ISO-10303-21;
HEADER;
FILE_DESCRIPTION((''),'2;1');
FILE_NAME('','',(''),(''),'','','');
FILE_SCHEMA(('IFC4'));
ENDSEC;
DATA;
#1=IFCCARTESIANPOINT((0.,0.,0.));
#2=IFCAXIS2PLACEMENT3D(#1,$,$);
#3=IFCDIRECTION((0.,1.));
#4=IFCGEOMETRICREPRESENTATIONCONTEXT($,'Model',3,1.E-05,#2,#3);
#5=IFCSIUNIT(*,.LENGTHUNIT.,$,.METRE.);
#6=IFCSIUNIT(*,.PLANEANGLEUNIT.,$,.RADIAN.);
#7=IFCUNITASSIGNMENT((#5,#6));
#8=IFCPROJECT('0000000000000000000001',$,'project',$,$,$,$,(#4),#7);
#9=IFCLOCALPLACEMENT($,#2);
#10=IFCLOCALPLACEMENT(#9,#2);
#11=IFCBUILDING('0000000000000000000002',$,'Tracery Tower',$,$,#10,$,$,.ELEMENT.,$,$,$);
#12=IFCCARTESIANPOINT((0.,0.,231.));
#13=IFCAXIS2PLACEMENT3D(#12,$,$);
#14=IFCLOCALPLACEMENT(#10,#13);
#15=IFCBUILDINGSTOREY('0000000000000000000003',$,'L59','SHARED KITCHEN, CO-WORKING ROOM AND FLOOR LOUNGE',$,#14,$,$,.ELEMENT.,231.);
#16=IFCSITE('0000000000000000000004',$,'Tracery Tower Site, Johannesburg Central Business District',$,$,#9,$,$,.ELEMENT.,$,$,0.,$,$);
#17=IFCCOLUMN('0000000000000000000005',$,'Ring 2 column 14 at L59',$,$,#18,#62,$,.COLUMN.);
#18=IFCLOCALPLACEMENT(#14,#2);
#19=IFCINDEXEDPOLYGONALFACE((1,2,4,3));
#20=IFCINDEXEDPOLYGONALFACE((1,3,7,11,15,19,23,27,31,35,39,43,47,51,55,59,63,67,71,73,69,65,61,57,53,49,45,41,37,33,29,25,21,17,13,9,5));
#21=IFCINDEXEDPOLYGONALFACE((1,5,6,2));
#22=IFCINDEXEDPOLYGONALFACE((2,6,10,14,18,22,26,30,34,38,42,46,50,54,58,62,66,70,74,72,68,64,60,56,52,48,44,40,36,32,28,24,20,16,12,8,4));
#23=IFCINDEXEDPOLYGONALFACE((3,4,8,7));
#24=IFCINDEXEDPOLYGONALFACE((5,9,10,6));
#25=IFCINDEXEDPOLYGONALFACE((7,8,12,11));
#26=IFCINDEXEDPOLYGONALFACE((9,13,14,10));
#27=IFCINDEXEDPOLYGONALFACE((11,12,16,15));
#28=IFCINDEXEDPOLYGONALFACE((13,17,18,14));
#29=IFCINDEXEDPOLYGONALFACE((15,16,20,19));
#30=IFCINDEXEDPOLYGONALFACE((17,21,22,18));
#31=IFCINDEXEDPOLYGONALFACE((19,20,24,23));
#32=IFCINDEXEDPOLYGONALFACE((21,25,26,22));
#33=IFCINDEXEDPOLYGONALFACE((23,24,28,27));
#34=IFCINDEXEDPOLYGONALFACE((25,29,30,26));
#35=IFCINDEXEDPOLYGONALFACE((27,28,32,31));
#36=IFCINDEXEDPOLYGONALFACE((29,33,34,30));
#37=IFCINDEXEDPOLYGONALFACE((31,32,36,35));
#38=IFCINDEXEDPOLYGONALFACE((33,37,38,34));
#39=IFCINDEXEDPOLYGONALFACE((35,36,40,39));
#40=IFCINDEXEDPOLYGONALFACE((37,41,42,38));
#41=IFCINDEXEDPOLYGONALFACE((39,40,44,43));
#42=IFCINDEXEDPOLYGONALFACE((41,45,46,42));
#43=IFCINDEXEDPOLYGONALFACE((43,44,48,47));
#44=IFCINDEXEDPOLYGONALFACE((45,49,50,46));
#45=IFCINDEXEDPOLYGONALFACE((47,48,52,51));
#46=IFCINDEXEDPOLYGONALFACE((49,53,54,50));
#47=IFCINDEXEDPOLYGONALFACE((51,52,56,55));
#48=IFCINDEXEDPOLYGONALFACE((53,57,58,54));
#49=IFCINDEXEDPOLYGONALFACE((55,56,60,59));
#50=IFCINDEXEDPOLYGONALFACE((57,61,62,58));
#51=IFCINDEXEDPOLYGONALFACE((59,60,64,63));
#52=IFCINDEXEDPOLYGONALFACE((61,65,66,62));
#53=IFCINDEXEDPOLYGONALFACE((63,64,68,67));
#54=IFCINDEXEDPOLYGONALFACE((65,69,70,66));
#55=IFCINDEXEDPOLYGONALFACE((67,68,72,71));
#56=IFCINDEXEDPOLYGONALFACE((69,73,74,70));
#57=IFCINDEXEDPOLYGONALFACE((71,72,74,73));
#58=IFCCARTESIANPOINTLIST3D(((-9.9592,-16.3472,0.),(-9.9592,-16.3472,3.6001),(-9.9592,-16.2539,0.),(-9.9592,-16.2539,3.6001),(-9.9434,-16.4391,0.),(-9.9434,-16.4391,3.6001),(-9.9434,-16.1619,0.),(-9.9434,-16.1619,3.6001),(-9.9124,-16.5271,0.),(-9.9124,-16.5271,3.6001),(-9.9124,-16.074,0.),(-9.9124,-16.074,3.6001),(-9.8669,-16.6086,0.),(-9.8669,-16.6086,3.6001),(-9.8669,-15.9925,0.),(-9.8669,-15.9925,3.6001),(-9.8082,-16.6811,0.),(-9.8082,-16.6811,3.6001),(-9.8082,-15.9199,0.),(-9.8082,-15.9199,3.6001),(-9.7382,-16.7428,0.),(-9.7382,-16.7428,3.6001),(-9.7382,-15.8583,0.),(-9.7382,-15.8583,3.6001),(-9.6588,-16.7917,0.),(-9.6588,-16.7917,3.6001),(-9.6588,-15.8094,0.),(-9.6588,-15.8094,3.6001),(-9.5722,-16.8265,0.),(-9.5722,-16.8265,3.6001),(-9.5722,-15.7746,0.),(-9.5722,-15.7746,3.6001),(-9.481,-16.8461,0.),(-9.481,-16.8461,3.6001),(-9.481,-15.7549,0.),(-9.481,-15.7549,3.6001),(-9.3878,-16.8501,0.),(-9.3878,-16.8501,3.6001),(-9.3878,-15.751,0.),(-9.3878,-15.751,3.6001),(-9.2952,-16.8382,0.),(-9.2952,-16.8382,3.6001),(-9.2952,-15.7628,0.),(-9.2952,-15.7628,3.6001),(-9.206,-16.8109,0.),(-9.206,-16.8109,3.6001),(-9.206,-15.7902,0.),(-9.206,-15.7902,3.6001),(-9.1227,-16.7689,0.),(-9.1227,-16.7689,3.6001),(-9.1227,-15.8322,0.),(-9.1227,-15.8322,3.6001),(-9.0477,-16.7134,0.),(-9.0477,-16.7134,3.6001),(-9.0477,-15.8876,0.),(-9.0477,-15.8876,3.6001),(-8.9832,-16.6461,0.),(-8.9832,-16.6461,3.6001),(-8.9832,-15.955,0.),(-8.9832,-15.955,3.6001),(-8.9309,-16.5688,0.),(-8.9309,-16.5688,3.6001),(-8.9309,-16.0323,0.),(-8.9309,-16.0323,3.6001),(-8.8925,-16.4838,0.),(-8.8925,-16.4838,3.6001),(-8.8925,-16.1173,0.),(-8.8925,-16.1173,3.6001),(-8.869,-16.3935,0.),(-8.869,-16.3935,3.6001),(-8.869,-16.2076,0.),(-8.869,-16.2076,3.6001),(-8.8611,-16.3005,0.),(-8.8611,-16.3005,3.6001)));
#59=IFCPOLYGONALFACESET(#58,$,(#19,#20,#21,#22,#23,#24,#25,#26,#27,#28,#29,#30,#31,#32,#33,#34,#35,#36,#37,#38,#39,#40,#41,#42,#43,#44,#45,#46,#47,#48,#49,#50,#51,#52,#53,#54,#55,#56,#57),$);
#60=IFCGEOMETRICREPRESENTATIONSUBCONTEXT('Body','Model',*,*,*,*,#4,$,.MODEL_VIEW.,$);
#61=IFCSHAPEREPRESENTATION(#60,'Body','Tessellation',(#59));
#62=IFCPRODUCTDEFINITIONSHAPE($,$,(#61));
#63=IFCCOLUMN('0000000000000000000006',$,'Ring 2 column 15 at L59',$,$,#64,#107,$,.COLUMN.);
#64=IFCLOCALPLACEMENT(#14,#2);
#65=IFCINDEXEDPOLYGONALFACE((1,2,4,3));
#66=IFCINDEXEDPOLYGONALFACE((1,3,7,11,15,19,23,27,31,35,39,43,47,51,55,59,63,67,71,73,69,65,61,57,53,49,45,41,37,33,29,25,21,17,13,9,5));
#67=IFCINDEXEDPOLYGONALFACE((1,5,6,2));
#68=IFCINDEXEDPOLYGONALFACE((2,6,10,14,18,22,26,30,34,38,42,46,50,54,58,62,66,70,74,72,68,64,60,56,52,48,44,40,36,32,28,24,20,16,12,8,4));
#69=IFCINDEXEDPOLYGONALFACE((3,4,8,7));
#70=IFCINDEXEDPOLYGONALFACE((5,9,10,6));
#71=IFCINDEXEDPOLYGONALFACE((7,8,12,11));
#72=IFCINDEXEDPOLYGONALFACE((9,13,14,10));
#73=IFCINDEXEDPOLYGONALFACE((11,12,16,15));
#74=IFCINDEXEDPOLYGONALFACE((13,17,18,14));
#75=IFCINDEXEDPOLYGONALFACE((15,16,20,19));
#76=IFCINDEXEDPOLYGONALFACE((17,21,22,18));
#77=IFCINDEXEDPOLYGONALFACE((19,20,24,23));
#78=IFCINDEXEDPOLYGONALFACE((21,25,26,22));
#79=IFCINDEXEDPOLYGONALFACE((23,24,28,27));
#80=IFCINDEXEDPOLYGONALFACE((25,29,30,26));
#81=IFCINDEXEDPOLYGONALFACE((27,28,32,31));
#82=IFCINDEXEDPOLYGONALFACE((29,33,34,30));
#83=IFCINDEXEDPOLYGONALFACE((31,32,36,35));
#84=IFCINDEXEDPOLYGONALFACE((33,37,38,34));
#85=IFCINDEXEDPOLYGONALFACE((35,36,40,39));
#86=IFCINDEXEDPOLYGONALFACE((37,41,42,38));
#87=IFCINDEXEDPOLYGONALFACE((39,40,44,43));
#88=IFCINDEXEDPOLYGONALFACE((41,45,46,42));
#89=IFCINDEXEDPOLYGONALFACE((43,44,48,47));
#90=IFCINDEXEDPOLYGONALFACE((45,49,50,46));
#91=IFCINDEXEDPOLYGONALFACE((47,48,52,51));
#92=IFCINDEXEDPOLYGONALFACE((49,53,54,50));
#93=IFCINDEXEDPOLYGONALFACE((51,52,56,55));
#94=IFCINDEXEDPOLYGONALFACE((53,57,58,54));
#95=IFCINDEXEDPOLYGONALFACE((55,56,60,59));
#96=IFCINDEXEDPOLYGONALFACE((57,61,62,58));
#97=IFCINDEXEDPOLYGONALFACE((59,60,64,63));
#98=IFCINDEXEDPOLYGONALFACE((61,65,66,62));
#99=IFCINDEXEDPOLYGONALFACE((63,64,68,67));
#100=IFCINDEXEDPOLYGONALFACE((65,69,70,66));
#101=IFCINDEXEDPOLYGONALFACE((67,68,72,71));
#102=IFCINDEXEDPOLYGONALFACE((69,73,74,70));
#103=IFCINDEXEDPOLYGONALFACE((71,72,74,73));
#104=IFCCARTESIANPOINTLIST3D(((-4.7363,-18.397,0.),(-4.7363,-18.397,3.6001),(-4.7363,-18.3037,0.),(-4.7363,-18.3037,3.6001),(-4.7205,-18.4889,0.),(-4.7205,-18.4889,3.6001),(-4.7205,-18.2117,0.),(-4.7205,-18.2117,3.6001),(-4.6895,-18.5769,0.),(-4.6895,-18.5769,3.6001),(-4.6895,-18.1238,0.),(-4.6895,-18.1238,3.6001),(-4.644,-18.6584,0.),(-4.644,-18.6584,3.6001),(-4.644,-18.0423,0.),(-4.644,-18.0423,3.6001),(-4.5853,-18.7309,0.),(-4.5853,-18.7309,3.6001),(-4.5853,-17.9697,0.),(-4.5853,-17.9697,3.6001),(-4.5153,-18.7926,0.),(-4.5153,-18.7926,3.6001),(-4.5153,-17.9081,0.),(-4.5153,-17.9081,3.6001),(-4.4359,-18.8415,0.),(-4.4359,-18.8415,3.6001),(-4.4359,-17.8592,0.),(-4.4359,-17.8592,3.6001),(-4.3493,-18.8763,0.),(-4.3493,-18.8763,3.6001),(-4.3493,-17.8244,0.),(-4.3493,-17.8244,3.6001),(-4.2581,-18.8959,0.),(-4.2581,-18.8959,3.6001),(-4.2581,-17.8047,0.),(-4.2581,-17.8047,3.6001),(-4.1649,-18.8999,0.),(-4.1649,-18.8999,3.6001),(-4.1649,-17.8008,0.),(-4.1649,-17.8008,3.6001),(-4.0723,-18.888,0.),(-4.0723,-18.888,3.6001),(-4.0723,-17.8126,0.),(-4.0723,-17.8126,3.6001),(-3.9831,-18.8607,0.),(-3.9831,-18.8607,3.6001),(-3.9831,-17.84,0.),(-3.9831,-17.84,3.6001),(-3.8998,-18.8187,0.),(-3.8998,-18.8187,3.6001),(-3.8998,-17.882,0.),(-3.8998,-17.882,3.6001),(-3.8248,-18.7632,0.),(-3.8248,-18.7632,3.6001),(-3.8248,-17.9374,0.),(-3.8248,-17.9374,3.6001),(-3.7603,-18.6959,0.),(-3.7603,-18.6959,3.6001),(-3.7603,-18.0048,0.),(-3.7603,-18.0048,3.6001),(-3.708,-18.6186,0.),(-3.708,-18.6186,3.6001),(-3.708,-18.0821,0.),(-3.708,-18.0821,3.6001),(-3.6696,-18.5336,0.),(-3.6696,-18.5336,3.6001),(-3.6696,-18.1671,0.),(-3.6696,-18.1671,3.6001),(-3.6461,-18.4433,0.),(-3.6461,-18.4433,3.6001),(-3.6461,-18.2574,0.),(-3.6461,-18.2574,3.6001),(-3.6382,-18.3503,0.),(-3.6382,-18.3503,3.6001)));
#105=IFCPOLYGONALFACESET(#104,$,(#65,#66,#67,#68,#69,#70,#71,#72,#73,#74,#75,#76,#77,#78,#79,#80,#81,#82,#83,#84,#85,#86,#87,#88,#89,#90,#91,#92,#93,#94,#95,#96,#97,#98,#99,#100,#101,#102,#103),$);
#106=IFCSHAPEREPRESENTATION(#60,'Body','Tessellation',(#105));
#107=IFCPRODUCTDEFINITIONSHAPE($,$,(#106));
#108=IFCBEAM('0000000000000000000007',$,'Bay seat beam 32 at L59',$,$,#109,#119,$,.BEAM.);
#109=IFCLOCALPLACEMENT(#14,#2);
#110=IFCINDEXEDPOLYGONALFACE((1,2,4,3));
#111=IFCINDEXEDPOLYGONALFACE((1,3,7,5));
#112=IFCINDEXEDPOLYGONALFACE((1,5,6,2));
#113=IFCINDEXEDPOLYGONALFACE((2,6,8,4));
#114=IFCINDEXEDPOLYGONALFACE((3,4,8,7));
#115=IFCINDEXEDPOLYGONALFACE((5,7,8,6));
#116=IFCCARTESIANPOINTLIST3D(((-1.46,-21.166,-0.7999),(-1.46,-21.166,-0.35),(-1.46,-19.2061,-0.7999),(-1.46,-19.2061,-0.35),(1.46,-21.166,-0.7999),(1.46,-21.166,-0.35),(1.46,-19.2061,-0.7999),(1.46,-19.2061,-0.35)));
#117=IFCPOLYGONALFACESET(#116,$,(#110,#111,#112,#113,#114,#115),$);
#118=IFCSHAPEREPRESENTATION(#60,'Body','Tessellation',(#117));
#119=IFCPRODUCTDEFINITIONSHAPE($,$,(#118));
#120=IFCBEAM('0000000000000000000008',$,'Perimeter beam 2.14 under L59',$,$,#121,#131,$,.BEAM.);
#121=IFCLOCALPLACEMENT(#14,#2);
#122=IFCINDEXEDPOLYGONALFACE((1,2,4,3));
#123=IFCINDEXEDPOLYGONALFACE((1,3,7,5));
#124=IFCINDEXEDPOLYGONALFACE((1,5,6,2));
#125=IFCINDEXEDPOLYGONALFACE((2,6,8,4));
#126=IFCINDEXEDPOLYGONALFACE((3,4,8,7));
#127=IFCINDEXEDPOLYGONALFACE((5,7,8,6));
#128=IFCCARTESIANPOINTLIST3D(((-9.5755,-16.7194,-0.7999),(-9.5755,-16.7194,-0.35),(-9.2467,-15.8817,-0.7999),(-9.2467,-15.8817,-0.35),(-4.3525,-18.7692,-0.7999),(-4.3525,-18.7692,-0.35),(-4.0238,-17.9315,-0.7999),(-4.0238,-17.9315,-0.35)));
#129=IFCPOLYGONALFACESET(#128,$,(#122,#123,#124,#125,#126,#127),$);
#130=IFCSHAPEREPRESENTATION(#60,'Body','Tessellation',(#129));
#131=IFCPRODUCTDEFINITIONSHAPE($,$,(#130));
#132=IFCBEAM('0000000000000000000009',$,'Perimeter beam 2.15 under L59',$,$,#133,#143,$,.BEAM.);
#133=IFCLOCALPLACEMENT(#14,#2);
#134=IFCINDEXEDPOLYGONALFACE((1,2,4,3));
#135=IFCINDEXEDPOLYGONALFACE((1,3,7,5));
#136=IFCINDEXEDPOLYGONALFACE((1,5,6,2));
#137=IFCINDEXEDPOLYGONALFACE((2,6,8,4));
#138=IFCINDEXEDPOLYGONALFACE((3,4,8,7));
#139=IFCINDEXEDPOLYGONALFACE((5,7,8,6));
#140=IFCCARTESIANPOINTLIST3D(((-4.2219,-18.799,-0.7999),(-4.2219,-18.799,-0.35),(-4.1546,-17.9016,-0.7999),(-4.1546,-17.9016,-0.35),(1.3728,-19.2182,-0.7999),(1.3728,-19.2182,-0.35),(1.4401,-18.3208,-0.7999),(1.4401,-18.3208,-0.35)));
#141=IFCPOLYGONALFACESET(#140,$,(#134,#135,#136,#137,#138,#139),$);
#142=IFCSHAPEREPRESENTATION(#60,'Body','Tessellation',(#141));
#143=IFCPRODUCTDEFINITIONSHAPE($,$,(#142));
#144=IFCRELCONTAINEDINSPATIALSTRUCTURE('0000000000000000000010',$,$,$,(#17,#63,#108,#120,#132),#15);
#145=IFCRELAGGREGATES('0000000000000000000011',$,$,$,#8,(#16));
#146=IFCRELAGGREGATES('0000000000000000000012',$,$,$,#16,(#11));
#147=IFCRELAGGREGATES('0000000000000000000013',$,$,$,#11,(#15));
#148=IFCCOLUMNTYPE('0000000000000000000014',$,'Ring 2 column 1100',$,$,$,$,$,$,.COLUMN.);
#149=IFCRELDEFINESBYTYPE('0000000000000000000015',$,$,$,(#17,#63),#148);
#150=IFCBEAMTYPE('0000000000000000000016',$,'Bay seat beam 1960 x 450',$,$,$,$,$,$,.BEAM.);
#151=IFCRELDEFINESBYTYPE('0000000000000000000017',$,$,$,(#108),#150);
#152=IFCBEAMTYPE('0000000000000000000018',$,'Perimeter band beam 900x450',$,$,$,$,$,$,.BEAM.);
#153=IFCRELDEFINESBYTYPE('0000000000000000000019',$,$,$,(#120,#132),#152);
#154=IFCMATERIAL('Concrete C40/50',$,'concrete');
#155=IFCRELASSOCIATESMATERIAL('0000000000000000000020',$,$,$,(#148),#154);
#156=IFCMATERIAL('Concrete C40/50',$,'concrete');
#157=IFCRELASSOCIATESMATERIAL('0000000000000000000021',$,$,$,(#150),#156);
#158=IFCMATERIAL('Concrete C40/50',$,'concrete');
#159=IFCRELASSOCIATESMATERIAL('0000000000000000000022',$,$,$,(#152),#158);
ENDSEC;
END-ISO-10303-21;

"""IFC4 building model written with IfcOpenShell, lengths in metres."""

from ifc_helpers import new_model, si_unit, direction, frame, origin, origin_2d, place, context, subcontext, project, spatial, rectangle, circle, extrude, material, material_profile, profile_set, type_object, element, save


model = new_model("IFC4")

# Units and contexts
model_context = context("Model", 3, precision=1e-05, world=origin(), true_north=direction((0.0, 1.0)))
body_context = subcontext(model_context, "Body", "Model", "MODEL_VIEW")
ifc_project = project(units=[si_unit("LENGTHUNIT", "METRE"), si_unit("PLANEANGLEUNIT", "RADIAN")], contexts=[model_context])

# Site, building, storey
site_placement = place(None, origin())
site = spatial("IfcSite", under=ifc_project, at=site_placement, Name="Tracery Tower Site, Johannesburg Central Business District", CompositionType="ELEMENT", RefElevation=0.0)
building_placement = place(site_placement, origin())
building = spatial("IfcBuilding", under=site, at=building_placement, Name="Tracery Tower", CompositionType="ELEMENT")
storey_placement = place(building_placement, frame((0.0, 0.0, 231.0)))
storey = spatial("IfcBuildingStorey", under=building, at=storey_placement, Name="L59", Description="SHARED KITCHEN, CO-WORKING ROOM AND FLOOR LOUNGE", CompositionType="ELEMENT", Elevation=231.0)

# Columns
ifc_material_1 = material(Name="Concrete C40/50", Category="concrete")
ifc_material_profile_1 = material_profile(ifc_material_1, circle(Radius=0.55, at=origin_2d()), Name="RC D1100")
ifc_profile_set_1 = profile_set([ifc_material_profile_1], Name="Concrete C40/50")
column_type = type_object("IfcColumnType", Name="Ring 2 column 1100", PredefinedType="COLUMN", material=ifc_profile_set_1)
for number, where, z_axis, x_axis, name in (
    (1, (-9.4111, -16.3005, 0.0), (0.0, 0.0, 1.0), (1.0, 0.0, 0.0), "Ring 2 column 14 at L59"),
    (2, (-4.1882, -18.3503, 0.0), (0.0, 0.0, 1.0), (1.0, 0.0, 0.0), "Ring 2 column 15 at L59"),
):
    element("IfcColumn", number, at=place(storey_placement, frame(where, z_axis=z_axis, x_axis=x_axis)), inside=storey, type_object=column_type, Name=name, PredefinedType="COLUMN", context=body_context, shape_type="SweptSolid", body=[
        extrude(circle(Radius=0.55, at=origin_2d()), origin(), (0.0, 0.0, 1.0), 3.6001),
    ])

# Beams
ifc_material_2 = material(Name="Concrete C40/50", Category="concrete")
ifc_material_profile_2 = material_profile(ifc_material_2, rectangle(XDim=1.96, YDim=0.45, at=origin_2d()), Name="RC 1960x450")
ifc_profile_set_2 = profile_set([ifc_material_profile_2], Name="Concrete C40/50")
beam_type_1 = type_object("IfcBeamType", Name="Bay seat beam 1960 x 450", PredefinedType="BEAM", material=ifc_profile_set_2)
beam_1_placement = place(storey_placement, frame((-1.46, -20.186, -0.575), z_axis=(1.0, 0.0, 0.0), x_axis=(0.0, 1.0, 0.0)))
element("IfcBeam", 3, at=beam_1_placement, inside=storey, type_object=beam_type_1, Name="Bay seat beam 32 at L59", PredefinedType="BEAM", context=body_context, shape_type="SweptSolid", body=[
    extrude(rectangle(XDim=1.96, YDim=0.45, at=origin_2d()), origin(), (0.0, 0.0, 1.0), 2.9199),
])
ifc_material_3 = material(Name="Concrete C40/50", Category="concrete")
ifc_material_profile_3 = material_profile(ifc_material_3, rectangle(XDim=0.8999, YDim=0.45, at=origin_2d()), Name="RC 900x450")
ifc_profile_set_3 = profile_set([ifc_material_profile_3], Name="Concrete C40/50")
beam_type_2 = type_object("IfcBeamType", Name="Perimeter band beam 900x450", PredefinedType="BEAM", material=ifc_profile_set_3)
beam_2_placement = place(storey_placement, frame((-9.4111, -16.3005, -0.575), z_axis=(0.930876, -0.365336, 0.0), x_axis=(0.365336, 0.930876, 0.0)))
element("IfcBeam", 4, at=beam_2_placement, inside=storey, type_object=beam_type_2, Name="Perimeter beam 2.14 under L59", PredefinedType="BEAM", context=body_context, shape_type="SweptSolid", body=[
    extrude(rectangle(XDim=0.8999, YDim=0.45, at=origin_2d()), origin(), (0.0, 0.0, 1.0), 5.6108),
])
beam_3_placement = place(storey_placement, frame((-4.1882, -18.3503, -0.575), z_axis=(0.997205, -0.074716, 0.0), x_axis=(0.074716, 0.997205, 0.0)))
element("IfcBeam", 5, at=beam_3_placement, inside=storey, type_object=beam_type_2, Name="Perimeter beam 2.15 under L59", PredefinedType="BEAM", context=body_context, shape_type="SweptSolid", body=[
    extrude(rectangle(XDim=0.8999, YDim=0.45, at=origin_2d()), origin(), (0.0, 0.0, 1.0), 5.6104),
])

save(model, "model.ifc")
